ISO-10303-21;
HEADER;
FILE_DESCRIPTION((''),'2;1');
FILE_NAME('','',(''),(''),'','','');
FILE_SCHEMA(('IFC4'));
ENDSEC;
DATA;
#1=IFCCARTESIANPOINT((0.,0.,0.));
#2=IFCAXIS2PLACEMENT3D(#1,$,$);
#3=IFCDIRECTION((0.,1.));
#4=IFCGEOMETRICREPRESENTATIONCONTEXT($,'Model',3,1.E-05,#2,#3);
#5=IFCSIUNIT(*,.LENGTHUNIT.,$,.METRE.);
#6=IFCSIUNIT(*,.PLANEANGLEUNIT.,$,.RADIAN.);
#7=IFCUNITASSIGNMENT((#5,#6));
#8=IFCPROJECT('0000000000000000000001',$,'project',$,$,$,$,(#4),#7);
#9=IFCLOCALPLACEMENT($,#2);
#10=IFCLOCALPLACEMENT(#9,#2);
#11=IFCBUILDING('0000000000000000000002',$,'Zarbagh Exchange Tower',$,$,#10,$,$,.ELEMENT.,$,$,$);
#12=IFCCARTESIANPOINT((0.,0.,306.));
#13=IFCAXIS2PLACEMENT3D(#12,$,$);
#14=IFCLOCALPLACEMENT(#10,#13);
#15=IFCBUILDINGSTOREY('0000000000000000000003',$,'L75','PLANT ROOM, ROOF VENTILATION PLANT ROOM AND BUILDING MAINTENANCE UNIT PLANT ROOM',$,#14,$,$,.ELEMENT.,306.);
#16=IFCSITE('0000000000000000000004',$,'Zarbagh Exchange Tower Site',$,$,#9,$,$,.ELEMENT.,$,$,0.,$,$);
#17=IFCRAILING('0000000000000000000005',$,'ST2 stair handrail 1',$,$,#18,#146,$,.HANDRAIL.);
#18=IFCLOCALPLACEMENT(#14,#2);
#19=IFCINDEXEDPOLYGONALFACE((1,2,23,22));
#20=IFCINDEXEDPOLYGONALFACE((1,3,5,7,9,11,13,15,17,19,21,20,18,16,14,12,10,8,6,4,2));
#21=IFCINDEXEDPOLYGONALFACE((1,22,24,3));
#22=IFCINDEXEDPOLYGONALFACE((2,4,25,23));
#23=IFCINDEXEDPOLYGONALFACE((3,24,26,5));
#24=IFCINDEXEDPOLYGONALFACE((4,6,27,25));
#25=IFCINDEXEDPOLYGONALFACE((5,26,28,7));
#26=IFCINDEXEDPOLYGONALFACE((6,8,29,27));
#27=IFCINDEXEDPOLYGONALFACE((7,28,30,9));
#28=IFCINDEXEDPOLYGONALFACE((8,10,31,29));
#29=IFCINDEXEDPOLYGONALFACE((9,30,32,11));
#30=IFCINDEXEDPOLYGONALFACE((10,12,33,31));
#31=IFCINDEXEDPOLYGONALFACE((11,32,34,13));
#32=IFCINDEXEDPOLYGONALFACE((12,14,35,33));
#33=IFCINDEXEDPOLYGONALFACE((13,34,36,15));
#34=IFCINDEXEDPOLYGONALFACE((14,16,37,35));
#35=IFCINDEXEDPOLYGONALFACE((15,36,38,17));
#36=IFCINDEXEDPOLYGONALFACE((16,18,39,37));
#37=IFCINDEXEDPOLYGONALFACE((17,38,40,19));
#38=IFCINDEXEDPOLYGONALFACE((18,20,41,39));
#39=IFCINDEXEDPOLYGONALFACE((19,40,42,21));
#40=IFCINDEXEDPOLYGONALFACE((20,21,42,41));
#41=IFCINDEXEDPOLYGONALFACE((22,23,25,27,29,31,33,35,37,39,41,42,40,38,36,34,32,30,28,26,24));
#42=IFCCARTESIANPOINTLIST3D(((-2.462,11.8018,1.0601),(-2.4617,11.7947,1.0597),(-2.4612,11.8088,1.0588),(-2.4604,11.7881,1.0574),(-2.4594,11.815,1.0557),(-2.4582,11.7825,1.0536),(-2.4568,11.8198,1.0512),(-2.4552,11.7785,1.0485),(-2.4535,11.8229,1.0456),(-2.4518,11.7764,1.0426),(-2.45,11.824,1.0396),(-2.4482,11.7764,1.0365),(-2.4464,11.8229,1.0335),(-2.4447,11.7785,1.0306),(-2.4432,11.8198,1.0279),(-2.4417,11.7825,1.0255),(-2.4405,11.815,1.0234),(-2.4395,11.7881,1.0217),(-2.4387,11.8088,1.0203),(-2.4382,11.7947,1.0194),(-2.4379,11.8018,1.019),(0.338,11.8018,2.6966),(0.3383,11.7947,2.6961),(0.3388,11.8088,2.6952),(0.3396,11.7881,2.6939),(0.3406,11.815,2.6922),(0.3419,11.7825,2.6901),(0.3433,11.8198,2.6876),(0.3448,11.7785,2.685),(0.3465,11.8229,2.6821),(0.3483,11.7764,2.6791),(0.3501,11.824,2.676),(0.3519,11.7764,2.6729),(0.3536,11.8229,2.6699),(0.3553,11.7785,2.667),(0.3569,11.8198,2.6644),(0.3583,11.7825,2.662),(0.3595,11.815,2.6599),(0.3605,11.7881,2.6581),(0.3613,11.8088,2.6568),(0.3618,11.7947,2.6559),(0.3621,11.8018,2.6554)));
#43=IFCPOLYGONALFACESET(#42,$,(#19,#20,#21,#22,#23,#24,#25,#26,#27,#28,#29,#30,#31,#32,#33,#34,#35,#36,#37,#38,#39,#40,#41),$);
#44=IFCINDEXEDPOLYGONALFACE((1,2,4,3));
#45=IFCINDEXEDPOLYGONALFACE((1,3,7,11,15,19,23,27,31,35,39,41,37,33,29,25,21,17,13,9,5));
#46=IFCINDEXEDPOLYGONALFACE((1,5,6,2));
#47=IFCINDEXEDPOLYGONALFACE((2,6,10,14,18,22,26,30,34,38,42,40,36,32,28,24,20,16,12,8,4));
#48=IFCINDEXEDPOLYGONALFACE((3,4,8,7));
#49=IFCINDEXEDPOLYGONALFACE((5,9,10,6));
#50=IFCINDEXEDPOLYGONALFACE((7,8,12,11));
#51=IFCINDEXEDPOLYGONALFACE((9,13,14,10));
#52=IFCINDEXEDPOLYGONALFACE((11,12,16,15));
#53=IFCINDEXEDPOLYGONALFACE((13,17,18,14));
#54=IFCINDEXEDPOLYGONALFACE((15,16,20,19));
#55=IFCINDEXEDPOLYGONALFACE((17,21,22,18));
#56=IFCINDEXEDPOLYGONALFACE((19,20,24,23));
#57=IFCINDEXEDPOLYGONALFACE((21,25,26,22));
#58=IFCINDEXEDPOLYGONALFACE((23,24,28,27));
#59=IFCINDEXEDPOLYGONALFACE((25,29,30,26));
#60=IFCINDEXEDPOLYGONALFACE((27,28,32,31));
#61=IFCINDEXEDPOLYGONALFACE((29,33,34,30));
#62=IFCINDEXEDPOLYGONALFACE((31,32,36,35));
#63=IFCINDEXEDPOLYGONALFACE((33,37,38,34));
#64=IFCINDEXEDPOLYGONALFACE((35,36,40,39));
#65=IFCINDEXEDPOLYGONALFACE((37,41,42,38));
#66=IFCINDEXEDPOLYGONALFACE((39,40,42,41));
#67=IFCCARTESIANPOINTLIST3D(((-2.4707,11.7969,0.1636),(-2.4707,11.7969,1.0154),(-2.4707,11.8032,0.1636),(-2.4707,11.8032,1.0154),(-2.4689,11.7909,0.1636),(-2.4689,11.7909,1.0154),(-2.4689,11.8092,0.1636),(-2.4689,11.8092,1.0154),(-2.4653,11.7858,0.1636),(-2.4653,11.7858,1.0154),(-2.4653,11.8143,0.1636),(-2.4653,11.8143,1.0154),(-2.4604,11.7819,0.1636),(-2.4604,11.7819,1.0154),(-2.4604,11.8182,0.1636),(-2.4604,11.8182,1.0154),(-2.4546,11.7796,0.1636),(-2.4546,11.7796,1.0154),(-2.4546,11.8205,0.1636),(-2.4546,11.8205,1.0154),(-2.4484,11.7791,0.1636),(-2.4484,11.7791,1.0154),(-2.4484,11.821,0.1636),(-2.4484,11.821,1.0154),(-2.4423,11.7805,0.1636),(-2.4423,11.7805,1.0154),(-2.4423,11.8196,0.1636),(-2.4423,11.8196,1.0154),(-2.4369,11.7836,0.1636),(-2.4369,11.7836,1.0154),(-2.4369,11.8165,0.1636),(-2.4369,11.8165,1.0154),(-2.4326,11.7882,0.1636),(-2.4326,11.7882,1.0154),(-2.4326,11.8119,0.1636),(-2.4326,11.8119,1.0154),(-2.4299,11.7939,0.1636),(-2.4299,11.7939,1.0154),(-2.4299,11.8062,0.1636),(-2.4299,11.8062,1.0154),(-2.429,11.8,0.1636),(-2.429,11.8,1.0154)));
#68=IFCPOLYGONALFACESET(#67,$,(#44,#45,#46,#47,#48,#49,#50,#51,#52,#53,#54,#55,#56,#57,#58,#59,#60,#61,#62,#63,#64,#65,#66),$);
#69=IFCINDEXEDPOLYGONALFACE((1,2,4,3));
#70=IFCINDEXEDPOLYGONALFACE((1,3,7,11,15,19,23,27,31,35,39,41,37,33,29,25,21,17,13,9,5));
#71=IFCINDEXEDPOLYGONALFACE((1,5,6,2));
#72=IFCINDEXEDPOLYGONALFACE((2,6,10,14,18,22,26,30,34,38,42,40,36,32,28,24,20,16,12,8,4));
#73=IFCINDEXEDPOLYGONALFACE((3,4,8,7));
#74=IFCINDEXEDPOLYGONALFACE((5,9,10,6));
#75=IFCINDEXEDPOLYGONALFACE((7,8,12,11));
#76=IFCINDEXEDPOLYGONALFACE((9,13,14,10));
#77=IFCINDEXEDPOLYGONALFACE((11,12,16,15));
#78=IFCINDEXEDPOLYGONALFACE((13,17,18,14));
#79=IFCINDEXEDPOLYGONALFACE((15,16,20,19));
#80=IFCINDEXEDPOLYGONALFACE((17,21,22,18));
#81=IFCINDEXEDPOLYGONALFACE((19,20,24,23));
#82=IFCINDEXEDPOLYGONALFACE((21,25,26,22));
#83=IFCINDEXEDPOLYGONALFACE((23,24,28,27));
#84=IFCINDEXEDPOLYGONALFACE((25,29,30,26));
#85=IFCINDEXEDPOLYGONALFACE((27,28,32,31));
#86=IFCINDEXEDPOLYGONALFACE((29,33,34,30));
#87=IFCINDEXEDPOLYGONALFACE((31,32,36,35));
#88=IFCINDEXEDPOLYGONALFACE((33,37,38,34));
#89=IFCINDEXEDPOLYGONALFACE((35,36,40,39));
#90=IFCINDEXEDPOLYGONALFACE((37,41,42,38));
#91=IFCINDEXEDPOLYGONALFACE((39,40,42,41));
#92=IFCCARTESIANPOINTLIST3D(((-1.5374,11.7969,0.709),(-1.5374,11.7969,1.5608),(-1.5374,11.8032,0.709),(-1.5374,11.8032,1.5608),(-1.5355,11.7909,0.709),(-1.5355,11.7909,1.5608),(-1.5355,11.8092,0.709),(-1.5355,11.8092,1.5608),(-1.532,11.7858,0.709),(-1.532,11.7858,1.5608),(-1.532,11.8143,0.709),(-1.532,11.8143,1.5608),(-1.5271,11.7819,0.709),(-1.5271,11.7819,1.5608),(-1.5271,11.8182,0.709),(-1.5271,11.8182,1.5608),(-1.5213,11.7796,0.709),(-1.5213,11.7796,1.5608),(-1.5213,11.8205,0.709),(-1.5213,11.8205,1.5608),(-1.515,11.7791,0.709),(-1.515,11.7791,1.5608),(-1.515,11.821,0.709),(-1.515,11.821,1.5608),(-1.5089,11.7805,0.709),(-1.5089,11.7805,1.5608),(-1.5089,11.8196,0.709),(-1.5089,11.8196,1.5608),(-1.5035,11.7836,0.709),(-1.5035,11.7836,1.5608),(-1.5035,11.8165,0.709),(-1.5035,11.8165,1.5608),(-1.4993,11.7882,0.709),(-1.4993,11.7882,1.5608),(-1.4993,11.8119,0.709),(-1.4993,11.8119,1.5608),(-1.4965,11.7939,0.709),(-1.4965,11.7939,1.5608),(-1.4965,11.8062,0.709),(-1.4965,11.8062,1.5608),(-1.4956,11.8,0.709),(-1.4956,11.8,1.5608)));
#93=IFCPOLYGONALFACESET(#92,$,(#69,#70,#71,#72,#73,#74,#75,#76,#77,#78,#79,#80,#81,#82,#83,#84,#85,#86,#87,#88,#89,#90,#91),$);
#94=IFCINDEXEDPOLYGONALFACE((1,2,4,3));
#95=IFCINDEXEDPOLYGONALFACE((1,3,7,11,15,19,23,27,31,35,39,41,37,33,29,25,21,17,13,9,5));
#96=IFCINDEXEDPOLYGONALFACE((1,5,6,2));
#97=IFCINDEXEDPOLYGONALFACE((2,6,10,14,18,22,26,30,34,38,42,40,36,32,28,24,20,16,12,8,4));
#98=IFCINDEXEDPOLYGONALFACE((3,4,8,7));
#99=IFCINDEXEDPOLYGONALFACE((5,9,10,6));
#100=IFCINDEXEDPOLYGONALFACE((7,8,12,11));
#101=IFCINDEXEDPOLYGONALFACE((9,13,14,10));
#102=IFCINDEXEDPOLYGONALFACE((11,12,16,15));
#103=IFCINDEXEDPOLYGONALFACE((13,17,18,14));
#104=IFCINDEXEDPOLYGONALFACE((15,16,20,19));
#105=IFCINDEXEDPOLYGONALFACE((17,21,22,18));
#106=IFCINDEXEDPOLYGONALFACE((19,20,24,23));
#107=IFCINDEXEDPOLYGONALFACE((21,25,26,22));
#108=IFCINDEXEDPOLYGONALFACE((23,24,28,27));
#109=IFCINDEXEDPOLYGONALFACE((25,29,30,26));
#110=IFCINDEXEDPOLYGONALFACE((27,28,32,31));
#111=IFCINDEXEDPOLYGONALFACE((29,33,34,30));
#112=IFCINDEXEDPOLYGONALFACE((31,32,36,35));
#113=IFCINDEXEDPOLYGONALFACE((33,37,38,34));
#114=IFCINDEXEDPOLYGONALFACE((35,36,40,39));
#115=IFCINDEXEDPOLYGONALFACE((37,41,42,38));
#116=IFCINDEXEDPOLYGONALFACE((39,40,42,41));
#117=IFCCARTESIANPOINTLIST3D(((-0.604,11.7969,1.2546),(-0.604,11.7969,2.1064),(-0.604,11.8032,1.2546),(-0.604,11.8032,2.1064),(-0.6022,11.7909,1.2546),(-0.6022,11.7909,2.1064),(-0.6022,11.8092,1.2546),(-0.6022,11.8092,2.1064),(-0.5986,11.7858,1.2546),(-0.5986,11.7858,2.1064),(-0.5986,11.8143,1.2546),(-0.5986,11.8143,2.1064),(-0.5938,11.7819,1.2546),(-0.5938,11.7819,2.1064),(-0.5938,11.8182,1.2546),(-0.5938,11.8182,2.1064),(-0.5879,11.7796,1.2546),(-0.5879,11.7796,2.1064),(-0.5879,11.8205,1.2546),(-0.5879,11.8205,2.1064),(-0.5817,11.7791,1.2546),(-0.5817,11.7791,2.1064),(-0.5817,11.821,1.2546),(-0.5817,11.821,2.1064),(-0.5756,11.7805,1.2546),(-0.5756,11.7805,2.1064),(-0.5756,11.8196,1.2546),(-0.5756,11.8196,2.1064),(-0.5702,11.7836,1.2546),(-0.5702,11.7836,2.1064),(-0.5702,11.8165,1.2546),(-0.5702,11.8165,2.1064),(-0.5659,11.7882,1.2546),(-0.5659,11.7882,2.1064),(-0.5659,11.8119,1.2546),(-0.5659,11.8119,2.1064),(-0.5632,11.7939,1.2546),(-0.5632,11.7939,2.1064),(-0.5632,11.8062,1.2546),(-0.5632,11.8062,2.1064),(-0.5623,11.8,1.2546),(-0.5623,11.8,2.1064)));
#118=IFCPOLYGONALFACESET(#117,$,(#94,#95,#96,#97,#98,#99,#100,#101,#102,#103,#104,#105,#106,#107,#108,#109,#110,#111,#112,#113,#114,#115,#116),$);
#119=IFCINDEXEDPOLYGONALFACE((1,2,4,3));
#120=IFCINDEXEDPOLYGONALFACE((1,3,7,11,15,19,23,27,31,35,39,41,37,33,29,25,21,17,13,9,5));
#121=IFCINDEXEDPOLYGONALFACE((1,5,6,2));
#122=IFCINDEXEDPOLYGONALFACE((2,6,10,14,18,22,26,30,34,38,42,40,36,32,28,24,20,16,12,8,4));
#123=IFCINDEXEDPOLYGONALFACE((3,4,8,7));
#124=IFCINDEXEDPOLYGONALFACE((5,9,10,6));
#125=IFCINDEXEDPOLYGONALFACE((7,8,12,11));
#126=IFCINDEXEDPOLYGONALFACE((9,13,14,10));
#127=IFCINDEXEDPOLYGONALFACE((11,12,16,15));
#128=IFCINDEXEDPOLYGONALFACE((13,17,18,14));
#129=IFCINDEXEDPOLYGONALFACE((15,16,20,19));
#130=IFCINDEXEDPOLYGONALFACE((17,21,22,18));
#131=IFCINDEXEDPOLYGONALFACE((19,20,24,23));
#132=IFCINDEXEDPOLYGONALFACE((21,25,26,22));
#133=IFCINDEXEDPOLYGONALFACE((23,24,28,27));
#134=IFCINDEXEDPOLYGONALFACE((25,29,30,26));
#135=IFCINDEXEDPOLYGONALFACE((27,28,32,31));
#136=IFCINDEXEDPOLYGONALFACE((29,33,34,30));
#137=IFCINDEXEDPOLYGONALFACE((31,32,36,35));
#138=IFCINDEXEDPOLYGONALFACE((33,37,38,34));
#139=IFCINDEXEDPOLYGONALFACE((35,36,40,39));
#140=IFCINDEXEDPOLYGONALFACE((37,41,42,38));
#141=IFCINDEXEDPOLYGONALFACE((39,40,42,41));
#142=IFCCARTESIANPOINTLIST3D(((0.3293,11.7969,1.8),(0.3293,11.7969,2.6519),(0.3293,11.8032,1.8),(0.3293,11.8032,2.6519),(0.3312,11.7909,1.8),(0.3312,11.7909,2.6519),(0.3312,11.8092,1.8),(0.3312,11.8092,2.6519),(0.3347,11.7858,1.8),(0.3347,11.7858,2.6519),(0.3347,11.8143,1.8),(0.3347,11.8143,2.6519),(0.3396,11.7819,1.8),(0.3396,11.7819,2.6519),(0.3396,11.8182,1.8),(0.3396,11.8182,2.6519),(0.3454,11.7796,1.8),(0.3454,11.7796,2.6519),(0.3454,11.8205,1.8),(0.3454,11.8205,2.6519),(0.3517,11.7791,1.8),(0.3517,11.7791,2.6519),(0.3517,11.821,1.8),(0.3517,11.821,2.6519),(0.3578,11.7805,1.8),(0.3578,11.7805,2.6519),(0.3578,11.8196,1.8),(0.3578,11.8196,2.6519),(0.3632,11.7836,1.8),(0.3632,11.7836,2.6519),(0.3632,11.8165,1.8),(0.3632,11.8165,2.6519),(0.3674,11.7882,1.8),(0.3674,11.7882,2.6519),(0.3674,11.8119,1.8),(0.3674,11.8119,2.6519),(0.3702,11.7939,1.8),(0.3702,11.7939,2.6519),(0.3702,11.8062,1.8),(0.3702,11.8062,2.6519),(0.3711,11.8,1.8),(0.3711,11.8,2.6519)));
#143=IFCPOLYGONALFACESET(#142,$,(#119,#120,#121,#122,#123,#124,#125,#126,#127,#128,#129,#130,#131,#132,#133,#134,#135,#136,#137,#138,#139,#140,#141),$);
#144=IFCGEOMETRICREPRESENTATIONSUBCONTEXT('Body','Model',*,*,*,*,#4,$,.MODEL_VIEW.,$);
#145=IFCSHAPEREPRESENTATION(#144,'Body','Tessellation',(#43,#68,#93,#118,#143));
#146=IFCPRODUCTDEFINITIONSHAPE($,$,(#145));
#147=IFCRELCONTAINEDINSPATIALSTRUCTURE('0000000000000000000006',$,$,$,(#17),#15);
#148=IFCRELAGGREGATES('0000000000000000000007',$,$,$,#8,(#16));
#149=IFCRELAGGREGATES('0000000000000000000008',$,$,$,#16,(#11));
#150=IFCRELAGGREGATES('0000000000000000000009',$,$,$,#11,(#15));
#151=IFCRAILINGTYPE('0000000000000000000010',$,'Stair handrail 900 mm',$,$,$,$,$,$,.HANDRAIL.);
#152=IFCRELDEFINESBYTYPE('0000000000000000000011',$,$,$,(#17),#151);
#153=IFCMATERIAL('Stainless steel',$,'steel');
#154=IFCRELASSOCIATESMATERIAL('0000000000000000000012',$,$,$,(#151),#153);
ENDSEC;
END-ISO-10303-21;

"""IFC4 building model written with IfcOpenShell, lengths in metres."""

from ifc_helpers import new_model, si_unit, direction, frame, origin, origin_2d, place, context, subcontext, project, spatial, circle, extrude, material, type_object, element, save


model = new_model("IFC4")

# Units and contexts
model_context = context("Model", 3, precision=1e-05, world=origin(), true_north=direction((0.0, 1.0)))
body_context = subcontext(model_context, "Body", "Model", "MODEL_VIEW")
ifc_project = project(units=[si_unit("LENGTHUNIT", "METRE"), si_unit("PLANEANGLEUNIT", "RADIAN")], contexts=[model_context])

# Site, building, storey
site_placement = place(None, origin())
site = spatial("IfcSite", under=ifc_project, at=site_placement, Name="Zarbagh Exchange Tower Site", CompositionType="ELEMENT", RefElevation=0.0)
building_placement = place(site_placement, origin())
building = spatial("IfcBuilding", under=site, at=building_placement, Name="Zarbagh Exchange Tower", CompositionType="ELEMENT")
storey_placement = place(building_placement, frame((0.0, 0.0, 306.0)))
storey = spatial("IfcBuildingStorey", under=building, at=storey_placement, Name="L75", Description="PLANT ROOM, ROOF VENTILATION PLANT ROOM AND BUILDING MAINTENANCE UNIT PLANT ROOM", CompositionType="ELEMENT", Elevation=306.0)

# Railing
ifc_material_1 = material(Name="Stainless steel", Category="steel")
railing_type_1 = type_object("IfcRailingType", Name="Stair handrail 900 mm", PredefinedType="HANDRAIL", material=ifc_material_1)
railing_1_placement = place(storey_placement, frame((-2.45, 11.8, 0.1636)))
element("IfcRailing", 1, at=railing_1_placement, inside=storey, type_object=railing_type_1, Name="ST2 stair handrail 1", PredefinedType="HANDRAIL", context=body_context, shape_type="SweptSolid", body=[
    extrude(circle(Radius=0.0239, at=origin_2d()), frame((0.0, 0.0, 0.876), z_axis=(0.863361, 0.0, 0.504587), x_axis=(0.0, 1.0, 0.0)), (0.0, 0.0, 1.0), 3.2432),
    extrude(circle(Radius=0.021, at=origin_2d()), origin(), (0.0, 0.0, 1.0), 0.8518),
    extrude(circle(Radius=0.021, at=origin_2d()), frame((0.9333, 0.0, 0.5454)), (0.0, 0.0, 1.0), 0.8518),
    extrude(circle(Radius=0.021, at=origin_2d()), frame((1.8667, 0.0, 1.0911)), (0.0, 0.0, 1.0), 0.8518),
    extrude(circle(Radius=0.021, at=origin_2d()), frame((2.8, 0.0, 1.6365)), (0.0, 0.0, 1.0), 0.8518),
])

save(model, "model.ifc")
